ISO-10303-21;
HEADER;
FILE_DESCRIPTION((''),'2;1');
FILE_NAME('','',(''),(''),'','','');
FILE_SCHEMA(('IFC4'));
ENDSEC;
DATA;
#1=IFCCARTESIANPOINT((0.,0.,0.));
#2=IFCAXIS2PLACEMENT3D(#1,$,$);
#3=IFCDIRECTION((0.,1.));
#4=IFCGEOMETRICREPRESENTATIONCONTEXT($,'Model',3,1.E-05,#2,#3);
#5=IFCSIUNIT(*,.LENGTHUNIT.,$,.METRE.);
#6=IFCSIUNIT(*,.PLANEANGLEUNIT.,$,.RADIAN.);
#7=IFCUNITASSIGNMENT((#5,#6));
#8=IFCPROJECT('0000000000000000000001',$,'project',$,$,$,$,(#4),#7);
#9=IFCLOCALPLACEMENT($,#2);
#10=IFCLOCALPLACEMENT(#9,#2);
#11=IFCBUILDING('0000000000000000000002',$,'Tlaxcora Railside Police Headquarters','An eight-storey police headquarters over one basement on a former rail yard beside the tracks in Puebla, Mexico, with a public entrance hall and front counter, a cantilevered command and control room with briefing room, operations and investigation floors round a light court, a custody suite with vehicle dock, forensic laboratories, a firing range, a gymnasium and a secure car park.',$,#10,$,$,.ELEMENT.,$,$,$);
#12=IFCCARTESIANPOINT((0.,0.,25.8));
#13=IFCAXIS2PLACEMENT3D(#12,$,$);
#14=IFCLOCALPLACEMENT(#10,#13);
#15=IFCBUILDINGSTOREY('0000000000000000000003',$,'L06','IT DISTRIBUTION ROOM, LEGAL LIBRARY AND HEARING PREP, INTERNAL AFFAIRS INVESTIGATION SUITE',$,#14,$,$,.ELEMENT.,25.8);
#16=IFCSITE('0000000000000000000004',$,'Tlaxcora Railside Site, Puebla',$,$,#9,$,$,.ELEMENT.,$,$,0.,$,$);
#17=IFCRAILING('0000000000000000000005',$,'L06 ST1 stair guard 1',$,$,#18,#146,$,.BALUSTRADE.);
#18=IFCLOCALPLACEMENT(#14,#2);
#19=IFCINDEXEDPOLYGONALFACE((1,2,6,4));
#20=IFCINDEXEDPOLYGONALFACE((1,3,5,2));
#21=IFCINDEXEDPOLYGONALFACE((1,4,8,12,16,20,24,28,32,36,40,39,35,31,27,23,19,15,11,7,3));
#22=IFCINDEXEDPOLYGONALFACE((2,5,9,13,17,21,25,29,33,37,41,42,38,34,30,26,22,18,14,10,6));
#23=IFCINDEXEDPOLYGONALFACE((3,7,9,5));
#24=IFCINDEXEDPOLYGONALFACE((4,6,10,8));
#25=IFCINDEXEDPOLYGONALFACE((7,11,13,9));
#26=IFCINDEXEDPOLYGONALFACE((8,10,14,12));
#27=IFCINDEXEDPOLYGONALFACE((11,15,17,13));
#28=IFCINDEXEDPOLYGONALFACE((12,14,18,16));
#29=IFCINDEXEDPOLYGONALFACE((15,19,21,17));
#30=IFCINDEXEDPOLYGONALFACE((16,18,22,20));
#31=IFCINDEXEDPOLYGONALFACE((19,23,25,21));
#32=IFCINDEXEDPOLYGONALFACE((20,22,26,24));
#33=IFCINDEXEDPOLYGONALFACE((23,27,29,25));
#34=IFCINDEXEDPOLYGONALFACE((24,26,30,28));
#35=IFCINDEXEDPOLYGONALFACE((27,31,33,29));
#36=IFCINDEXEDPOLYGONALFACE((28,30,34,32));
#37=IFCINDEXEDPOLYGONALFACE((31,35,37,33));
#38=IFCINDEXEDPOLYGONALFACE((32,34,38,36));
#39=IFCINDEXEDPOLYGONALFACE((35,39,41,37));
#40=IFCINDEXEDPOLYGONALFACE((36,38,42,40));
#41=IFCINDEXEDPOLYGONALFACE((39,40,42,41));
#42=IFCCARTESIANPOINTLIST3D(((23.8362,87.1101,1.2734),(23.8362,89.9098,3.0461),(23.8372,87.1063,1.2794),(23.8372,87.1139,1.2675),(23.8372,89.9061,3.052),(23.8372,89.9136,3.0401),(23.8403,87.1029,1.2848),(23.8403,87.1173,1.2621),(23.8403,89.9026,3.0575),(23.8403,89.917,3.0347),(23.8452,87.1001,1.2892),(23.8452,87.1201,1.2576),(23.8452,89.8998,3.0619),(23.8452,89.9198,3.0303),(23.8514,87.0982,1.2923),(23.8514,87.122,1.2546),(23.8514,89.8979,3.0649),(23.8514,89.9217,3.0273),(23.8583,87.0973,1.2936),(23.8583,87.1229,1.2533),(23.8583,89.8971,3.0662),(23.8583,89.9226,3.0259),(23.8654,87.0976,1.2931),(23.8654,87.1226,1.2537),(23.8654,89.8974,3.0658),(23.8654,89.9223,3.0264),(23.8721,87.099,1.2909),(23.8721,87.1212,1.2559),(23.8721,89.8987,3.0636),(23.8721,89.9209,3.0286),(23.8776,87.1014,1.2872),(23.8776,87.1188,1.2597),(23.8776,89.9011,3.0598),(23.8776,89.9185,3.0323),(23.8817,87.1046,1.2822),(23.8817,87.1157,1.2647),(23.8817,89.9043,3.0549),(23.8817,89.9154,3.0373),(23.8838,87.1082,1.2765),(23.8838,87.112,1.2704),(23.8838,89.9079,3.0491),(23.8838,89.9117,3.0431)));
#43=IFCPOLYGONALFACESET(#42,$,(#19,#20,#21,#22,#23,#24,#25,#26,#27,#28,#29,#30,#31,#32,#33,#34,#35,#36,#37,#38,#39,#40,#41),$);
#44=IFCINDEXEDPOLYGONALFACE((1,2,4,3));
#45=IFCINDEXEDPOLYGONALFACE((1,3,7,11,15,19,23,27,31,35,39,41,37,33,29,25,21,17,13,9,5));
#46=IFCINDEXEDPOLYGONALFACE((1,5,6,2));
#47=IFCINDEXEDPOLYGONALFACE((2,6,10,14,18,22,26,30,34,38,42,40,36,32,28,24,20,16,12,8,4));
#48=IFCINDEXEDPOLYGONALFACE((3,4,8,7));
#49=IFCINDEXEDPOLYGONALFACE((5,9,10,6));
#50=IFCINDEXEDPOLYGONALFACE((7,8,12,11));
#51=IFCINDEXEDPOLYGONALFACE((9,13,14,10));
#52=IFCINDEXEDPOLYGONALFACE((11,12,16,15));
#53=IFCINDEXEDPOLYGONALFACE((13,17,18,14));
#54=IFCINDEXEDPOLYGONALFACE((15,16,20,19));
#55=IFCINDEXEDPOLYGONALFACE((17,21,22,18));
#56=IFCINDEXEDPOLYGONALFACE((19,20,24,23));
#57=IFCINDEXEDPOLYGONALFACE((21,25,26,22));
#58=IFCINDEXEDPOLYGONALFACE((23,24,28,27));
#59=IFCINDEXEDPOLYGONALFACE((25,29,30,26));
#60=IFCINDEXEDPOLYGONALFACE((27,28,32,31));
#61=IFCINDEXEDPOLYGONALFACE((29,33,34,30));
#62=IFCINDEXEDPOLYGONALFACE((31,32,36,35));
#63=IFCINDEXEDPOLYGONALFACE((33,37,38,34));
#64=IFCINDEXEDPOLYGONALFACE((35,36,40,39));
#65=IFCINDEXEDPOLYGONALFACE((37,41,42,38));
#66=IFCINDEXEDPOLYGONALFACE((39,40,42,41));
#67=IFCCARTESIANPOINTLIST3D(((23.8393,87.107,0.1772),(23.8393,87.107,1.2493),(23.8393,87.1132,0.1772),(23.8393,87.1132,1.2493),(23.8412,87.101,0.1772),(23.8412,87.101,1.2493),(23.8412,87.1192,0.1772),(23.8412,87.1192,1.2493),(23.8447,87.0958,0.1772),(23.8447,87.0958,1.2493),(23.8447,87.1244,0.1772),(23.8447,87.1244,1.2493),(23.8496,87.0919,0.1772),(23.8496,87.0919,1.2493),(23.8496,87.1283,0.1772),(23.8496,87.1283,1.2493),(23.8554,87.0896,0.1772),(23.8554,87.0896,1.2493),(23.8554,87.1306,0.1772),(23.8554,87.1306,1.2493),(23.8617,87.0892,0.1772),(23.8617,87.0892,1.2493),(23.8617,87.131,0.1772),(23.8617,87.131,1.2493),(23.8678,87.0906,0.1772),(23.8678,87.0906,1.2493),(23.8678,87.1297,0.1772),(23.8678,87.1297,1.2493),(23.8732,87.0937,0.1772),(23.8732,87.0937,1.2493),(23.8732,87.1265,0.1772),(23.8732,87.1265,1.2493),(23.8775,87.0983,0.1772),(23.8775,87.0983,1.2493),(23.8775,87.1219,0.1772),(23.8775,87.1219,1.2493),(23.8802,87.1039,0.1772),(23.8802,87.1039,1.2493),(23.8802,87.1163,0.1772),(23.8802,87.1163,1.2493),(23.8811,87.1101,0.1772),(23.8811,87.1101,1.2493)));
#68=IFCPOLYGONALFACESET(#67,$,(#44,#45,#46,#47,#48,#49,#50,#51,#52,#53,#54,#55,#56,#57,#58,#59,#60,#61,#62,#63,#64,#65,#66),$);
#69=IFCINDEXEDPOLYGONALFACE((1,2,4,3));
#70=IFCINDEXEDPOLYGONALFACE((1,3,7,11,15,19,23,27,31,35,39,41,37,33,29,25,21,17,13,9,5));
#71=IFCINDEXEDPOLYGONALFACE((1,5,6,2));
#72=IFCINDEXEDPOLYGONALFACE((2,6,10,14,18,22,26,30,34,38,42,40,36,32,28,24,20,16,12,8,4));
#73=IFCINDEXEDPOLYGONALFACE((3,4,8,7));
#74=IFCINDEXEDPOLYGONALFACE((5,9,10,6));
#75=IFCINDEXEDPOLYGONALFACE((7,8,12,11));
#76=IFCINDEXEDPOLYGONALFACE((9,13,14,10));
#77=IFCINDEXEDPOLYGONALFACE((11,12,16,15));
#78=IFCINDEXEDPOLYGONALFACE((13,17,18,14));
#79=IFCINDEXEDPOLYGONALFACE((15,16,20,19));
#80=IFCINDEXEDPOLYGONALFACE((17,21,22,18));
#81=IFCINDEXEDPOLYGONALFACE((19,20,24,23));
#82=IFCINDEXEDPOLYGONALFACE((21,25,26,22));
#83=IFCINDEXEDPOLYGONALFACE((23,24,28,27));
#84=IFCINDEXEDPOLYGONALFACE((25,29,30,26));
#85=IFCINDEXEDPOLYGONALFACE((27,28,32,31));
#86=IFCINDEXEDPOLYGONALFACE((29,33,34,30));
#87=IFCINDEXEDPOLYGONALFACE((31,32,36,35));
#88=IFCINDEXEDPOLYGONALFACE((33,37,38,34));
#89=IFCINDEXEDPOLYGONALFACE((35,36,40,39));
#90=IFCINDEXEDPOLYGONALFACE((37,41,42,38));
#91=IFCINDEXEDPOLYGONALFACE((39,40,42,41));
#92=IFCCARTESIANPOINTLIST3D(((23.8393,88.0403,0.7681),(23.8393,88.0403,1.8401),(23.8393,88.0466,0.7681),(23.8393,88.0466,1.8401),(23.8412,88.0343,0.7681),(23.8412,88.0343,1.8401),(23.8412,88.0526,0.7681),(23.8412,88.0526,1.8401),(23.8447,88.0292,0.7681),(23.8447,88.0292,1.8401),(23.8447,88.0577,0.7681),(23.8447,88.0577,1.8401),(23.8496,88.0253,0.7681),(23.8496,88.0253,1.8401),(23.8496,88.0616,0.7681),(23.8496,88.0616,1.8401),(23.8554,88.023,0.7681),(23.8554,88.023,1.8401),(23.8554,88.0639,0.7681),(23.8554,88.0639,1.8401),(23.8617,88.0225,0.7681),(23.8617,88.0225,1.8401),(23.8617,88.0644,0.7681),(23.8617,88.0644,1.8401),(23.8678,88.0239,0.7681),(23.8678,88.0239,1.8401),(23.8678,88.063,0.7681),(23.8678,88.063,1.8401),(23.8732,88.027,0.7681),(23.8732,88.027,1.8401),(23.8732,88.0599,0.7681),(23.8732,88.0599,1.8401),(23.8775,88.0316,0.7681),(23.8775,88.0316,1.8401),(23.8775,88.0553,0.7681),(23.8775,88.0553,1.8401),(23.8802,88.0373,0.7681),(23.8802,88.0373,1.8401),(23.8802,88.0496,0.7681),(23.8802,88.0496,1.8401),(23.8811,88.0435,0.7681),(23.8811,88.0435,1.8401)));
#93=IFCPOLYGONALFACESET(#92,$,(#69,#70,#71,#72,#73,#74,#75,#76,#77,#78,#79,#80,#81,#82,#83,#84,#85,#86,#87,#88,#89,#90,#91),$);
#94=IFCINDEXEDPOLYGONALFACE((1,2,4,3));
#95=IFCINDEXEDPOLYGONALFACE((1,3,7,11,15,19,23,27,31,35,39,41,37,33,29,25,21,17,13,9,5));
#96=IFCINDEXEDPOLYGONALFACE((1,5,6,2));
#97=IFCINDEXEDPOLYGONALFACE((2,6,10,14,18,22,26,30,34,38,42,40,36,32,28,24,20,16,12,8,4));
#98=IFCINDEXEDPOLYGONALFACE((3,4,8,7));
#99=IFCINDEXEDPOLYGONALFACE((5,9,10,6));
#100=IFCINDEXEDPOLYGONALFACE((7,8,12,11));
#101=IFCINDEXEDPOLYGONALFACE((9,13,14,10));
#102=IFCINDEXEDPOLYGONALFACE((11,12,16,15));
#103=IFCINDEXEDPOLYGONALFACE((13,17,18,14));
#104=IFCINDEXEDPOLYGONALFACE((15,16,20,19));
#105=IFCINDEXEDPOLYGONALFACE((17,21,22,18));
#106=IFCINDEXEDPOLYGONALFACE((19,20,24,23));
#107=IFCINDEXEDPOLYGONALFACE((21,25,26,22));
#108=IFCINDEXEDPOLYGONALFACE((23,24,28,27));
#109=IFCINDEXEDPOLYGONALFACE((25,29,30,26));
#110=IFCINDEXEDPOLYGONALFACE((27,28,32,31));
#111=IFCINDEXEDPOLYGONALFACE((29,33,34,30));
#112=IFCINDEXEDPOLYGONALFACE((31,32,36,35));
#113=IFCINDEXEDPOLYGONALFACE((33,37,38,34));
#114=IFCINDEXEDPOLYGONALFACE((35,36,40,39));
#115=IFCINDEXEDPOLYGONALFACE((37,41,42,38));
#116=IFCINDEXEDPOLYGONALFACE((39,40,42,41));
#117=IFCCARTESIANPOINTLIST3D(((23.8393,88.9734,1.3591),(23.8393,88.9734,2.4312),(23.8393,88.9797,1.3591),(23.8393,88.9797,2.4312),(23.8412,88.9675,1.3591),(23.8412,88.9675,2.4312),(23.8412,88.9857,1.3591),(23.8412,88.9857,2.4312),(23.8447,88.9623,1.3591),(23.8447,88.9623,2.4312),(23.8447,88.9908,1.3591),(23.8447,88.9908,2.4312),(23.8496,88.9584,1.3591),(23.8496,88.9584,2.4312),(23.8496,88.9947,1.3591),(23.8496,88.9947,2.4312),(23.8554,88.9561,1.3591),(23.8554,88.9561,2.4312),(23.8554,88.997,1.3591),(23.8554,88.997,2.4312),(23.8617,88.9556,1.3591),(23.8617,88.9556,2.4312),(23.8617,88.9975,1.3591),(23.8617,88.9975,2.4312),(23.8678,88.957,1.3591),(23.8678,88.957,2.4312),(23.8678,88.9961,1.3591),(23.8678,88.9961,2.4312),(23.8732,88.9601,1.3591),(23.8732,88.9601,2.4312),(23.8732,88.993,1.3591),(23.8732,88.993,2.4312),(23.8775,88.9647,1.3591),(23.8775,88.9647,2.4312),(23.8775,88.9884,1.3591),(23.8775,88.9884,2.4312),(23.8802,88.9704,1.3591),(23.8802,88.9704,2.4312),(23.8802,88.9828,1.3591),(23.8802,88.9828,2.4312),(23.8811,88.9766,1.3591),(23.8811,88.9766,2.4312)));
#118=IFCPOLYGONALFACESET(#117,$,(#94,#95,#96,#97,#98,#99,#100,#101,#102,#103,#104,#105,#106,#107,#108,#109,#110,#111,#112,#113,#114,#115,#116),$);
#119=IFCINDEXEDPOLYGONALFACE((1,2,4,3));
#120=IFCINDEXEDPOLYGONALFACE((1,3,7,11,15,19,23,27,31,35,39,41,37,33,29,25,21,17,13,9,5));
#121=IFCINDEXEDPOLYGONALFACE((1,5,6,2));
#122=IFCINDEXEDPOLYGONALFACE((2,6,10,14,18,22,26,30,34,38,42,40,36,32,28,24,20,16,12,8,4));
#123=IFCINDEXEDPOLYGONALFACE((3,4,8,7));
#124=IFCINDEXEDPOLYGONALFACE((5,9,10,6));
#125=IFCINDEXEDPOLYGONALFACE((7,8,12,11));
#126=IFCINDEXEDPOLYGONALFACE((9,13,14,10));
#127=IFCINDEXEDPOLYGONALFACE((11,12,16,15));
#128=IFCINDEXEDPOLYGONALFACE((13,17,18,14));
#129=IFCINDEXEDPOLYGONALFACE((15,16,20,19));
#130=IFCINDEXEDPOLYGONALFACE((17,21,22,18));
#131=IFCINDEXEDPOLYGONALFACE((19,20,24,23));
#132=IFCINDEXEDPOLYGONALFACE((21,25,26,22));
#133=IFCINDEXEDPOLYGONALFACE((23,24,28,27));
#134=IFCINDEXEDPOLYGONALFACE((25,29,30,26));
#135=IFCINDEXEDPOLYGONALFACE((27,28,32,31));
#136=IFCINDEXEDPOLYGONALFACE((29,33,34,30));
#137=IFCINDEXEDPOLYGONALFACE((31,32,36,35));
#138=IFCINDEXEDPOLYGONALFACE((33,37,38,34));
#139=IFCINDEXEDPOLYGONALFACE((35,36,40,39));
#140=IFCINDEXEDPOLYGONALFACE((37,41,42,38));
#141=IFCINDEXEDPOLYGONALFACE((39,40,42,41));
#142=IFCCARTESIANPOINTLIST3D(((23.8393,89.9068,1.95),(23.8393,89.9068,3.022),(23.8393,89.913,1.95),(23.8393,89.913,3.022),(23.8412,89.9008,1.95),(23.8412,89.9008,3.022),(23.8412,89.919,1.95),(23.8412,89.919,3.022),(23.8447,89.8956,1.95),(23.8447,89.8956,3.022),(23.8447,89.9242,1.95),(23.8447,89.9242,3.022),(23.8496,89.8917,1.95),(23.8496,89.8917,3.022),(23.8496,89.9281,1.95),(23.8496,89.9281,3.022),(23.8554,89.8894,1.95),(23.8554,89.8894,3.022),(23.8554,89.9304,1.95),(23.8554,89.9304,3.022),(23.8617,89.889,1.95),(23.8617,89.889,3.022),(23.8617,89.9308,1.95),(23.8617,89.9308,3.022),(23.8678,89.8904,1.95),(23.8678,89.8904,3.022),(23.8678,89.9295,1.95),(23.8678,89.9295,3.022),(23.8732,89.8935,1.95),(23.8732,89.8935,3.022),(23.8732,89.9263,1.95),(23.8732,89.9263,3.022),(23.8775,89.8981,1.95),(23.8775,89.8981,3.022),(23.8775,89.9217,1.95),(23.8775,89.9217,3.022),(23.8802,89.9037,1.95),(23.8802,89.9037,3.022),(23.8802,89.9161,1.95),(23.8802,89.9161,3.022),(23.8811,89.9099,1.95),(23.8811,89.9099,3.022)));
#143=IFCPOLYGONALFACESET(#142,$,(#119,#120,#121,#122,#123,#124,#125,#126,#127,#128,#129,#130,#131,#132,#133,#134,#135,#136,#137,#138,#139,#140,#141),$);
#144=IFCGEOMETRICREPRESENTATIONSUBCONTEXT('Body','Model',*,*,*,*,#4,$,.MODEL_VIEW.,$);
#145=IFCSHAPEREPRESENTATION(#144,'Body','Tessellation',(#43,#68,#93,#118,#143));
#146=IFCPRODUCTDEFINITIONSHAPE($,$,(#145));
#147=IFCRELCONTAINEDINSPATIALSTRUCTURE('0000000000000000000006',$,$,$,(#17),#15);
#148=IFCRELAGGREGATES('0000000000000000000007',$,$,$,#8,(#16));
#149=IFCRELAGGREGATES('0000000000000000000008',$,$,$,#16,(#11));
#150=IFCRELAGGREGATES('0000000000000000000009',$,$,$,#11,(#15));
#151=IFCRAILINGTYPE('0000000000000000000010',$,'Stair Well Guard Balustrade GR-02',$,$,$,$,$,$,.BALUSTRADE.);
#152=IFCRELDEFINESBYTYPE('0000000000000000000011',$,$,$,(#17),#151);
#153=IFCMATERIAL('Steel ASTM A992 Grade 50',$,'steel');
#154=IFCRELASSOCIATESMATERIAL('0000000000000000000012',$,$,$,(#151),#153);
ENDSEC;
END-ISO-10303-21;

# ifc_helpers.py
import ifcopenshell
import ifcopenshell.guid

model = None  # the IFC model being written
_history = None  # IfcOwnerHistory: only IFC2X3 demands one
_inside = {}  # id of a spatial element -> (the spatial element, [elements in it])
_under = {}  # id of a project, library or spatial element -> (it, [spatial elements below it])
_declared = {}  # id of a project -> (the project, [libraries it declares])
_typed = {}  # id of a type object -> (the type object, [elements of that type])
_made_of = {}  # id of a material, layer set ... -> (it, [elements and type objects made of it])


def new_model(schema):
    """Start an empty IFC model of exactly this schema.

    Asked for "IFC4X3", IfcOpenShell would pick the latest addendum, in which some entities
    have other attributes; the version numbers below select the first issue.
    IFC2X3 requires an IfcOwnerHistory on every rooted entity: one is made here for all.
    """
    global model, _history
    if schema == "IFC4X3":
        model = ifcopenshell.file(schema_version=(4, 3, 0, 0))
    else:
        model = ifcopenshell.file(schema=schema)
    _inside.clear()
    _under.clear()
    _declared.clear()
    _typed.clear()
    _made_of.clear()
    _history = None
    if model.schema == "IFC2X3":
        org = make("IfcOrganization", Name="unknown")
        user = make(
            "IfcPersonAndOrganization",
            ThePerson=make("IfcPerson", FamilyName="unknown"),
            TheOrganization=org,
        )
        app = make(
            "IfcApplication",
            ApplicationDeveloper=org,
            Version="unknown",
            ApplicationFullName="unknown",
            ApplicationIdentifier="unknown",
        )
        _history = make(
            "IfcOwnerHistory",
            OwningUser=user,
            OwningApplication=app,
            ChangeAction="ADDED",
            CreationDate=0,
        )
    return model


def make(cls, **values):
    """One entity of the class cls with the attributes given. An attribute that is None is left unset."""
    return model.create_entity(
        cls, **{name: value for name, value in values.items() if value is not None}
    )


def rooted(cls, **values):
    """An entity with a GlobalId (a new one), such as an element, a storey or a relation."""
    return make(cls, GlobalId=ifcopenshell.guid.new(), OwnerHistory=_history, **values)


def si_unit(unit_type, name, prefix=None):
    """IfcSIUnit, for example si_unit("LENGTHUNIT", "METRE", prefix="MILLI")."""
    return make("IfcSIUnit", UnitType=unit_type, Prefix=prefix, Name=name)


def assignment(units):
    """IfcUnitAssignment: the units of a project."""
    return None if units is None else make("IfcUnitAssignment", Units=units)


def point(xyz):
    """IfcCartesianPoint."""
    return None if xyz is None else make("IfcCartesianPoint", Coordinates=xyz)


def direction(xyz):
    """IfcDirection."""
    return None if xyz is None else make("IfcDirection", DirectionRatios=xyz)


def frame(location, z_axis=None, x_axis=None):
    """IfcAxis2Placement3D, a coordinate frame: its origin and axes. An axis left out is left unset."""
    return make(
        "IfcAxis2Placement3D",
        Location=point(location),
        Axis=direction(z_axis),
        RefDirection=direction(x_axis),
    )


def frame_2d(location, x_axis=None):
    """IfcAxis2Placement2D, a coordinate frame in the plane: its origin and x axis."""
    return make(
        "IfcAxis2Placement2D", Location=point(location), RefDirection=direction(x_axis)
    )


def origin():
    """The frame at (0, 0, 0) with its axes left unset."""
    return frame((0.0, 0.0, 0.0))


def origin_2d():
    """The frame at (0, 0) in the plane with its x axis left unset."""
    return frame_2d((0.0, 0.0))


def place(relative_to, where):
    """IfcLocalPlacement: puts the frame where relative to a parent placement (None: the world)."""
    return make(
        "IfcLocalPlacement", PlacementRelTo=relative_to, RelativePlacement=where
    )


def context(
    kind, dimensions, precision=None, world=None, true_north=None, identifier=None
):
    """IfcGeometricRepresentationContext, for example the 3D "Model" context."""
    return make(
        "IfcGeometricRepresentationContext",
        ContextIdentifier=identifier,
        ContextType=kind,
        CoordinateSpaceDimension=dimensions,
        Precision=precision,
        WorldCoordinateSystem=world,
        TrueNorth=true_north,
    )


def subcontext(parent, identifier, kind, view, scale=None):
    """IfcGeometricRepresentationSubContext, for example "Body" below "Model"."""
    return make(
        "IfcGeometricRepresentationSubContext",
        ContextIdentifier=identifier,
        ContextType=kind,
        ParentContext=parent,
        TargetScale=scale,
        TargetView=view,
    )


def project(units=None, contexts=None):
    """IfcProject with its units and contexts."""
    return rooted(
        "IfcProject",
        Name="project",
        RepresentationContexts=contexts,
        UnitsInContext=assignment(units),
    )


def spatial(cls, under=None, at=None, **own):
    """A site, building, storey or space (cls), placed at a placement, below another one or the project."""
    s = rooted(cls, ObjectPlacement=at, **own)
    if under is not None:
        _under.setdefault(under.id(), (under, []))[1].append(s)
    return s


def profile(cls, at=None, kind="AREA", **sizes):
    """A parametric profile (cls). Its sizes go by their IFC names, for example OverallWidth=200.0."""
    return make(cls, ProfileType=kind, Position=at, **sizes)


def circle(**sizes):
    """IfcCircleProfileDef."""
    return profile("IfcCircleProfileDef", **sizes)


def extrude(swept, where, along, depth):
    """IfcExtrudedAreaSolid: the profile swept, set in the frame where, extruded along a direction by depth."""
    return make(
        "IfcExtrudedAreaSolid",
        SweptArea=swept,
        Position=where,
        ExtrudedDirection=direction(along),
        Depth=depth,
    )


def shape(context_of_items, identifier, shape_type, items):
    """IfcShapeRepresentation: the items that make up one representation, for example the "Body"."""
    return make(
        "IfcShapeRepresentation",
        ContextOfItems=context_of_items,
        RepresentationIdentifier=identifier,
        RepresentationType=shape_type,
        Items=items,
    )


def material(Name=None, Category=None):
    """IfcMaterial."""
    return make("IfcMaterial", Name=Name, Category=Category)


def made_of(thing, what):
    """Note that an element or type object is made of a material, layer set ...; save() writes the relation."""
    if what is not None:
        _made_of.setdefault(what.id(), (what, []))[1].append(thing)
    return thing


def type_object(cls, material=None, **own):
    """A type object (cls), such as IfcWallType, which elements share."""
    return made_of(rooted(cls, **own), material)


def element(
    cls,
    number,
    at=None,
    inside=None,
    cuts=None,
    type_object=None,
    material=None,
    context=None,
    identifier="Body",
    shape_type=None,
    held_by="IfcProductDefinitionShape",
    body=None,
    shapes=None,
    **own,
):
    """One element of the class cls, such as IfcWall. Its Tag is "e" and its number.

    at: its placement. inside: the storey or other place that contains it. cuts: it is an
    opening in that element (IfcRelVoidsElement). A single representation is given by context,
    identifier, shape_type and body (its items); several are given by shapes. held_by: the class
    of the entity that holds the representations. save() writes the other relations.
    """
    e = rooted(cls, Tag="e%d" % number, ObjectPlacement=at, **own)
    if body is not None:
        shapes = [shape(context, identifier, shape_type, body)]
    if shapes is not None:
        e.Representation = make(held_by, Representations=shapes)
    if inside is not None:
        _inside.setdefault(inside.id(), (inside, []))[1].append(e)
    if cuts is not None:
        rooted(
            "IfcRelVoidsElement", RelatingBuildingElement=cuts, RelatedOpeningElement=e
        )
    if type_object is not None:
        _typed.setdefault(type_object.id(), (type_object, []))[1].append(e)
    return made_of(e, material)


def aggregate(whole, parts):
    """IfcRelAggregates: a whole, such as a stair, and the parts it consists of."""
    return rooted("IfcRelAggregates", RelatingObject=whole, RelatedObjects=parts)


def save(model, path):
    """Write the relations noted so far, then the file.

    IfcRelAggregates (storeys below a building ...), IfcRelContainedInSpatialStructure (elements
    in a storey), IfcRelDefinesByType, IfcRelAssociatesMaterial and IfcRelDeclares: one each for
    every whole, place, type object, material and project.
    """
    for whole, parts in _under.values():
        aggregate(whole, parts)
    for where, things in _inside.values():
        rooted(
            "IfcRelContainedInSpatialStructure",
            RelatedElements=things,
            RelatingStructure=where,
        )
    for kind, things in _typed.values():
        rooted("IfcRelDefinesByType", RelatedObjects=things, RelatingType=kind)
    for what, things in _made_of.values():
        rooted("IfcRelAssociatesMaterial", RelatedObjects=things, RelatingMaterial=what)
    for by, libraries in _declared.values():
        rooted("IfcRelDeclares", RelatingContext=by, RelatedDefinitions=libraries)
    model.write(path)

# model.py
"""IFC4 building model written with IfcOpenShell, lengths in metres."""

from ifc_helpers import new_model, si_unit, direction, frame, origin, origin_2d, place, context, subcontext, project, spatial, circle, extrude, material, type_object, element, save


model = new_model("IFC4")

# Units and contexts
model_context = context("Model", 3, precision=1e-05, world=origin(), true_north=direction((0.0, 1.0)))
body_context = subcontext(model_context, "Body", "Model", "MODEL_VIEW")
ifc_project = project(units=[si_unit("LENGTHUNIT", "METRE"), si_unit("PLANEANGLEUNIT", "RADIAN")], contexts=[model_context])

# Site, building, storey
site_placement = place(None, origin())
site = spatial("IfcSite", under=ifc_project, at=site_placement, Name="Tlaxcora Railside Site, Puebla", CompositionType="ELEMENT", RefElevation=0.0)
building_placement = place(site_placement, origin())
building = spatial("IfcBuilding", under=site, at=building_placement, Name="Tlaxcora Railside Police Headquarters", Description="An eight-storey police headquarters over one basement on a former rail yard beside the tracks in Puebla, Mexico, with a public entrance hall and front counter, a cantilevered command and control room with briefing room, operations and investigation floors round a light court, a custody suite with vehicle dock, forensic laboratories, a firing range, a gymnasium and a secure car park.", CompositionType="ELEMENT")
storey_placement = place(building_placement, frame((0.0, 0.0, 25.8)))
storey = spatial("IfcBuildingStorey", under=building, at=storey_placement, Name="L06", Description="IT DISTRIBUTION ROOM, LEGAL LIBRARY AND HEARING PREP, INTERNAL AFFAIRS INVESTIGATION SUITE", CompositionType="ELEMENT", Elevation=25.8)

# Shared definitions
ifc_material_1 = material(Name="Steel ASTM A992 Grade 50", Category="steel")

# Railing
railing_type_1 = type_object("IfcRailingType", Name="Stair Well Guard Balustrade GR-02", PredefinedType="BALUSTRADE", material=ifc_material_1)
railing_1_placement = place(storey_placement, frame((23.8601, 87.1101, 0.1772)))
element("IfcRailing", 1, at=railing_1_placement, inside=storey, type_object=railing_type_1, Name="L06 ST1 stair guard 1", PredefinedType="BALUSTRADE", context=body_context, shape_type="SweptSolid", body=[
    extrude(circle(Radius=0.0239, at=origin_2d()), frame((0.0, 0.0, 1.0962), z_axis=(0.0, 0.844888, 0.534943), x_axis=(-1.0, 0.0, 0.0)), (0.0, 0.0, 1.0), 3.3137),
    extrude(circle(Radius=0.021, at=origin_2d()), origin(), (0.0, 0.0, 1.0), 1.072),
    extrude(circle(Radius=0.021, at=origin_2d()), frame((0.0, 0.9333, 0.5908)), (0.0, 0.0, 1.0), 1.072),
    extrude(circle(Radius=0.021, at=origin_2d()), frame((0.0, 1.8665, 1.1819)), (0.0, 0.0, 1.0), 1.072),
    extrude(circle(Radius=0.021, at=origin_2d()), frame((0.0, 2.7998, 1.7727)), (0.0, 0.0, 1.0), 1.072),
])

save(model, "model.ifc")
